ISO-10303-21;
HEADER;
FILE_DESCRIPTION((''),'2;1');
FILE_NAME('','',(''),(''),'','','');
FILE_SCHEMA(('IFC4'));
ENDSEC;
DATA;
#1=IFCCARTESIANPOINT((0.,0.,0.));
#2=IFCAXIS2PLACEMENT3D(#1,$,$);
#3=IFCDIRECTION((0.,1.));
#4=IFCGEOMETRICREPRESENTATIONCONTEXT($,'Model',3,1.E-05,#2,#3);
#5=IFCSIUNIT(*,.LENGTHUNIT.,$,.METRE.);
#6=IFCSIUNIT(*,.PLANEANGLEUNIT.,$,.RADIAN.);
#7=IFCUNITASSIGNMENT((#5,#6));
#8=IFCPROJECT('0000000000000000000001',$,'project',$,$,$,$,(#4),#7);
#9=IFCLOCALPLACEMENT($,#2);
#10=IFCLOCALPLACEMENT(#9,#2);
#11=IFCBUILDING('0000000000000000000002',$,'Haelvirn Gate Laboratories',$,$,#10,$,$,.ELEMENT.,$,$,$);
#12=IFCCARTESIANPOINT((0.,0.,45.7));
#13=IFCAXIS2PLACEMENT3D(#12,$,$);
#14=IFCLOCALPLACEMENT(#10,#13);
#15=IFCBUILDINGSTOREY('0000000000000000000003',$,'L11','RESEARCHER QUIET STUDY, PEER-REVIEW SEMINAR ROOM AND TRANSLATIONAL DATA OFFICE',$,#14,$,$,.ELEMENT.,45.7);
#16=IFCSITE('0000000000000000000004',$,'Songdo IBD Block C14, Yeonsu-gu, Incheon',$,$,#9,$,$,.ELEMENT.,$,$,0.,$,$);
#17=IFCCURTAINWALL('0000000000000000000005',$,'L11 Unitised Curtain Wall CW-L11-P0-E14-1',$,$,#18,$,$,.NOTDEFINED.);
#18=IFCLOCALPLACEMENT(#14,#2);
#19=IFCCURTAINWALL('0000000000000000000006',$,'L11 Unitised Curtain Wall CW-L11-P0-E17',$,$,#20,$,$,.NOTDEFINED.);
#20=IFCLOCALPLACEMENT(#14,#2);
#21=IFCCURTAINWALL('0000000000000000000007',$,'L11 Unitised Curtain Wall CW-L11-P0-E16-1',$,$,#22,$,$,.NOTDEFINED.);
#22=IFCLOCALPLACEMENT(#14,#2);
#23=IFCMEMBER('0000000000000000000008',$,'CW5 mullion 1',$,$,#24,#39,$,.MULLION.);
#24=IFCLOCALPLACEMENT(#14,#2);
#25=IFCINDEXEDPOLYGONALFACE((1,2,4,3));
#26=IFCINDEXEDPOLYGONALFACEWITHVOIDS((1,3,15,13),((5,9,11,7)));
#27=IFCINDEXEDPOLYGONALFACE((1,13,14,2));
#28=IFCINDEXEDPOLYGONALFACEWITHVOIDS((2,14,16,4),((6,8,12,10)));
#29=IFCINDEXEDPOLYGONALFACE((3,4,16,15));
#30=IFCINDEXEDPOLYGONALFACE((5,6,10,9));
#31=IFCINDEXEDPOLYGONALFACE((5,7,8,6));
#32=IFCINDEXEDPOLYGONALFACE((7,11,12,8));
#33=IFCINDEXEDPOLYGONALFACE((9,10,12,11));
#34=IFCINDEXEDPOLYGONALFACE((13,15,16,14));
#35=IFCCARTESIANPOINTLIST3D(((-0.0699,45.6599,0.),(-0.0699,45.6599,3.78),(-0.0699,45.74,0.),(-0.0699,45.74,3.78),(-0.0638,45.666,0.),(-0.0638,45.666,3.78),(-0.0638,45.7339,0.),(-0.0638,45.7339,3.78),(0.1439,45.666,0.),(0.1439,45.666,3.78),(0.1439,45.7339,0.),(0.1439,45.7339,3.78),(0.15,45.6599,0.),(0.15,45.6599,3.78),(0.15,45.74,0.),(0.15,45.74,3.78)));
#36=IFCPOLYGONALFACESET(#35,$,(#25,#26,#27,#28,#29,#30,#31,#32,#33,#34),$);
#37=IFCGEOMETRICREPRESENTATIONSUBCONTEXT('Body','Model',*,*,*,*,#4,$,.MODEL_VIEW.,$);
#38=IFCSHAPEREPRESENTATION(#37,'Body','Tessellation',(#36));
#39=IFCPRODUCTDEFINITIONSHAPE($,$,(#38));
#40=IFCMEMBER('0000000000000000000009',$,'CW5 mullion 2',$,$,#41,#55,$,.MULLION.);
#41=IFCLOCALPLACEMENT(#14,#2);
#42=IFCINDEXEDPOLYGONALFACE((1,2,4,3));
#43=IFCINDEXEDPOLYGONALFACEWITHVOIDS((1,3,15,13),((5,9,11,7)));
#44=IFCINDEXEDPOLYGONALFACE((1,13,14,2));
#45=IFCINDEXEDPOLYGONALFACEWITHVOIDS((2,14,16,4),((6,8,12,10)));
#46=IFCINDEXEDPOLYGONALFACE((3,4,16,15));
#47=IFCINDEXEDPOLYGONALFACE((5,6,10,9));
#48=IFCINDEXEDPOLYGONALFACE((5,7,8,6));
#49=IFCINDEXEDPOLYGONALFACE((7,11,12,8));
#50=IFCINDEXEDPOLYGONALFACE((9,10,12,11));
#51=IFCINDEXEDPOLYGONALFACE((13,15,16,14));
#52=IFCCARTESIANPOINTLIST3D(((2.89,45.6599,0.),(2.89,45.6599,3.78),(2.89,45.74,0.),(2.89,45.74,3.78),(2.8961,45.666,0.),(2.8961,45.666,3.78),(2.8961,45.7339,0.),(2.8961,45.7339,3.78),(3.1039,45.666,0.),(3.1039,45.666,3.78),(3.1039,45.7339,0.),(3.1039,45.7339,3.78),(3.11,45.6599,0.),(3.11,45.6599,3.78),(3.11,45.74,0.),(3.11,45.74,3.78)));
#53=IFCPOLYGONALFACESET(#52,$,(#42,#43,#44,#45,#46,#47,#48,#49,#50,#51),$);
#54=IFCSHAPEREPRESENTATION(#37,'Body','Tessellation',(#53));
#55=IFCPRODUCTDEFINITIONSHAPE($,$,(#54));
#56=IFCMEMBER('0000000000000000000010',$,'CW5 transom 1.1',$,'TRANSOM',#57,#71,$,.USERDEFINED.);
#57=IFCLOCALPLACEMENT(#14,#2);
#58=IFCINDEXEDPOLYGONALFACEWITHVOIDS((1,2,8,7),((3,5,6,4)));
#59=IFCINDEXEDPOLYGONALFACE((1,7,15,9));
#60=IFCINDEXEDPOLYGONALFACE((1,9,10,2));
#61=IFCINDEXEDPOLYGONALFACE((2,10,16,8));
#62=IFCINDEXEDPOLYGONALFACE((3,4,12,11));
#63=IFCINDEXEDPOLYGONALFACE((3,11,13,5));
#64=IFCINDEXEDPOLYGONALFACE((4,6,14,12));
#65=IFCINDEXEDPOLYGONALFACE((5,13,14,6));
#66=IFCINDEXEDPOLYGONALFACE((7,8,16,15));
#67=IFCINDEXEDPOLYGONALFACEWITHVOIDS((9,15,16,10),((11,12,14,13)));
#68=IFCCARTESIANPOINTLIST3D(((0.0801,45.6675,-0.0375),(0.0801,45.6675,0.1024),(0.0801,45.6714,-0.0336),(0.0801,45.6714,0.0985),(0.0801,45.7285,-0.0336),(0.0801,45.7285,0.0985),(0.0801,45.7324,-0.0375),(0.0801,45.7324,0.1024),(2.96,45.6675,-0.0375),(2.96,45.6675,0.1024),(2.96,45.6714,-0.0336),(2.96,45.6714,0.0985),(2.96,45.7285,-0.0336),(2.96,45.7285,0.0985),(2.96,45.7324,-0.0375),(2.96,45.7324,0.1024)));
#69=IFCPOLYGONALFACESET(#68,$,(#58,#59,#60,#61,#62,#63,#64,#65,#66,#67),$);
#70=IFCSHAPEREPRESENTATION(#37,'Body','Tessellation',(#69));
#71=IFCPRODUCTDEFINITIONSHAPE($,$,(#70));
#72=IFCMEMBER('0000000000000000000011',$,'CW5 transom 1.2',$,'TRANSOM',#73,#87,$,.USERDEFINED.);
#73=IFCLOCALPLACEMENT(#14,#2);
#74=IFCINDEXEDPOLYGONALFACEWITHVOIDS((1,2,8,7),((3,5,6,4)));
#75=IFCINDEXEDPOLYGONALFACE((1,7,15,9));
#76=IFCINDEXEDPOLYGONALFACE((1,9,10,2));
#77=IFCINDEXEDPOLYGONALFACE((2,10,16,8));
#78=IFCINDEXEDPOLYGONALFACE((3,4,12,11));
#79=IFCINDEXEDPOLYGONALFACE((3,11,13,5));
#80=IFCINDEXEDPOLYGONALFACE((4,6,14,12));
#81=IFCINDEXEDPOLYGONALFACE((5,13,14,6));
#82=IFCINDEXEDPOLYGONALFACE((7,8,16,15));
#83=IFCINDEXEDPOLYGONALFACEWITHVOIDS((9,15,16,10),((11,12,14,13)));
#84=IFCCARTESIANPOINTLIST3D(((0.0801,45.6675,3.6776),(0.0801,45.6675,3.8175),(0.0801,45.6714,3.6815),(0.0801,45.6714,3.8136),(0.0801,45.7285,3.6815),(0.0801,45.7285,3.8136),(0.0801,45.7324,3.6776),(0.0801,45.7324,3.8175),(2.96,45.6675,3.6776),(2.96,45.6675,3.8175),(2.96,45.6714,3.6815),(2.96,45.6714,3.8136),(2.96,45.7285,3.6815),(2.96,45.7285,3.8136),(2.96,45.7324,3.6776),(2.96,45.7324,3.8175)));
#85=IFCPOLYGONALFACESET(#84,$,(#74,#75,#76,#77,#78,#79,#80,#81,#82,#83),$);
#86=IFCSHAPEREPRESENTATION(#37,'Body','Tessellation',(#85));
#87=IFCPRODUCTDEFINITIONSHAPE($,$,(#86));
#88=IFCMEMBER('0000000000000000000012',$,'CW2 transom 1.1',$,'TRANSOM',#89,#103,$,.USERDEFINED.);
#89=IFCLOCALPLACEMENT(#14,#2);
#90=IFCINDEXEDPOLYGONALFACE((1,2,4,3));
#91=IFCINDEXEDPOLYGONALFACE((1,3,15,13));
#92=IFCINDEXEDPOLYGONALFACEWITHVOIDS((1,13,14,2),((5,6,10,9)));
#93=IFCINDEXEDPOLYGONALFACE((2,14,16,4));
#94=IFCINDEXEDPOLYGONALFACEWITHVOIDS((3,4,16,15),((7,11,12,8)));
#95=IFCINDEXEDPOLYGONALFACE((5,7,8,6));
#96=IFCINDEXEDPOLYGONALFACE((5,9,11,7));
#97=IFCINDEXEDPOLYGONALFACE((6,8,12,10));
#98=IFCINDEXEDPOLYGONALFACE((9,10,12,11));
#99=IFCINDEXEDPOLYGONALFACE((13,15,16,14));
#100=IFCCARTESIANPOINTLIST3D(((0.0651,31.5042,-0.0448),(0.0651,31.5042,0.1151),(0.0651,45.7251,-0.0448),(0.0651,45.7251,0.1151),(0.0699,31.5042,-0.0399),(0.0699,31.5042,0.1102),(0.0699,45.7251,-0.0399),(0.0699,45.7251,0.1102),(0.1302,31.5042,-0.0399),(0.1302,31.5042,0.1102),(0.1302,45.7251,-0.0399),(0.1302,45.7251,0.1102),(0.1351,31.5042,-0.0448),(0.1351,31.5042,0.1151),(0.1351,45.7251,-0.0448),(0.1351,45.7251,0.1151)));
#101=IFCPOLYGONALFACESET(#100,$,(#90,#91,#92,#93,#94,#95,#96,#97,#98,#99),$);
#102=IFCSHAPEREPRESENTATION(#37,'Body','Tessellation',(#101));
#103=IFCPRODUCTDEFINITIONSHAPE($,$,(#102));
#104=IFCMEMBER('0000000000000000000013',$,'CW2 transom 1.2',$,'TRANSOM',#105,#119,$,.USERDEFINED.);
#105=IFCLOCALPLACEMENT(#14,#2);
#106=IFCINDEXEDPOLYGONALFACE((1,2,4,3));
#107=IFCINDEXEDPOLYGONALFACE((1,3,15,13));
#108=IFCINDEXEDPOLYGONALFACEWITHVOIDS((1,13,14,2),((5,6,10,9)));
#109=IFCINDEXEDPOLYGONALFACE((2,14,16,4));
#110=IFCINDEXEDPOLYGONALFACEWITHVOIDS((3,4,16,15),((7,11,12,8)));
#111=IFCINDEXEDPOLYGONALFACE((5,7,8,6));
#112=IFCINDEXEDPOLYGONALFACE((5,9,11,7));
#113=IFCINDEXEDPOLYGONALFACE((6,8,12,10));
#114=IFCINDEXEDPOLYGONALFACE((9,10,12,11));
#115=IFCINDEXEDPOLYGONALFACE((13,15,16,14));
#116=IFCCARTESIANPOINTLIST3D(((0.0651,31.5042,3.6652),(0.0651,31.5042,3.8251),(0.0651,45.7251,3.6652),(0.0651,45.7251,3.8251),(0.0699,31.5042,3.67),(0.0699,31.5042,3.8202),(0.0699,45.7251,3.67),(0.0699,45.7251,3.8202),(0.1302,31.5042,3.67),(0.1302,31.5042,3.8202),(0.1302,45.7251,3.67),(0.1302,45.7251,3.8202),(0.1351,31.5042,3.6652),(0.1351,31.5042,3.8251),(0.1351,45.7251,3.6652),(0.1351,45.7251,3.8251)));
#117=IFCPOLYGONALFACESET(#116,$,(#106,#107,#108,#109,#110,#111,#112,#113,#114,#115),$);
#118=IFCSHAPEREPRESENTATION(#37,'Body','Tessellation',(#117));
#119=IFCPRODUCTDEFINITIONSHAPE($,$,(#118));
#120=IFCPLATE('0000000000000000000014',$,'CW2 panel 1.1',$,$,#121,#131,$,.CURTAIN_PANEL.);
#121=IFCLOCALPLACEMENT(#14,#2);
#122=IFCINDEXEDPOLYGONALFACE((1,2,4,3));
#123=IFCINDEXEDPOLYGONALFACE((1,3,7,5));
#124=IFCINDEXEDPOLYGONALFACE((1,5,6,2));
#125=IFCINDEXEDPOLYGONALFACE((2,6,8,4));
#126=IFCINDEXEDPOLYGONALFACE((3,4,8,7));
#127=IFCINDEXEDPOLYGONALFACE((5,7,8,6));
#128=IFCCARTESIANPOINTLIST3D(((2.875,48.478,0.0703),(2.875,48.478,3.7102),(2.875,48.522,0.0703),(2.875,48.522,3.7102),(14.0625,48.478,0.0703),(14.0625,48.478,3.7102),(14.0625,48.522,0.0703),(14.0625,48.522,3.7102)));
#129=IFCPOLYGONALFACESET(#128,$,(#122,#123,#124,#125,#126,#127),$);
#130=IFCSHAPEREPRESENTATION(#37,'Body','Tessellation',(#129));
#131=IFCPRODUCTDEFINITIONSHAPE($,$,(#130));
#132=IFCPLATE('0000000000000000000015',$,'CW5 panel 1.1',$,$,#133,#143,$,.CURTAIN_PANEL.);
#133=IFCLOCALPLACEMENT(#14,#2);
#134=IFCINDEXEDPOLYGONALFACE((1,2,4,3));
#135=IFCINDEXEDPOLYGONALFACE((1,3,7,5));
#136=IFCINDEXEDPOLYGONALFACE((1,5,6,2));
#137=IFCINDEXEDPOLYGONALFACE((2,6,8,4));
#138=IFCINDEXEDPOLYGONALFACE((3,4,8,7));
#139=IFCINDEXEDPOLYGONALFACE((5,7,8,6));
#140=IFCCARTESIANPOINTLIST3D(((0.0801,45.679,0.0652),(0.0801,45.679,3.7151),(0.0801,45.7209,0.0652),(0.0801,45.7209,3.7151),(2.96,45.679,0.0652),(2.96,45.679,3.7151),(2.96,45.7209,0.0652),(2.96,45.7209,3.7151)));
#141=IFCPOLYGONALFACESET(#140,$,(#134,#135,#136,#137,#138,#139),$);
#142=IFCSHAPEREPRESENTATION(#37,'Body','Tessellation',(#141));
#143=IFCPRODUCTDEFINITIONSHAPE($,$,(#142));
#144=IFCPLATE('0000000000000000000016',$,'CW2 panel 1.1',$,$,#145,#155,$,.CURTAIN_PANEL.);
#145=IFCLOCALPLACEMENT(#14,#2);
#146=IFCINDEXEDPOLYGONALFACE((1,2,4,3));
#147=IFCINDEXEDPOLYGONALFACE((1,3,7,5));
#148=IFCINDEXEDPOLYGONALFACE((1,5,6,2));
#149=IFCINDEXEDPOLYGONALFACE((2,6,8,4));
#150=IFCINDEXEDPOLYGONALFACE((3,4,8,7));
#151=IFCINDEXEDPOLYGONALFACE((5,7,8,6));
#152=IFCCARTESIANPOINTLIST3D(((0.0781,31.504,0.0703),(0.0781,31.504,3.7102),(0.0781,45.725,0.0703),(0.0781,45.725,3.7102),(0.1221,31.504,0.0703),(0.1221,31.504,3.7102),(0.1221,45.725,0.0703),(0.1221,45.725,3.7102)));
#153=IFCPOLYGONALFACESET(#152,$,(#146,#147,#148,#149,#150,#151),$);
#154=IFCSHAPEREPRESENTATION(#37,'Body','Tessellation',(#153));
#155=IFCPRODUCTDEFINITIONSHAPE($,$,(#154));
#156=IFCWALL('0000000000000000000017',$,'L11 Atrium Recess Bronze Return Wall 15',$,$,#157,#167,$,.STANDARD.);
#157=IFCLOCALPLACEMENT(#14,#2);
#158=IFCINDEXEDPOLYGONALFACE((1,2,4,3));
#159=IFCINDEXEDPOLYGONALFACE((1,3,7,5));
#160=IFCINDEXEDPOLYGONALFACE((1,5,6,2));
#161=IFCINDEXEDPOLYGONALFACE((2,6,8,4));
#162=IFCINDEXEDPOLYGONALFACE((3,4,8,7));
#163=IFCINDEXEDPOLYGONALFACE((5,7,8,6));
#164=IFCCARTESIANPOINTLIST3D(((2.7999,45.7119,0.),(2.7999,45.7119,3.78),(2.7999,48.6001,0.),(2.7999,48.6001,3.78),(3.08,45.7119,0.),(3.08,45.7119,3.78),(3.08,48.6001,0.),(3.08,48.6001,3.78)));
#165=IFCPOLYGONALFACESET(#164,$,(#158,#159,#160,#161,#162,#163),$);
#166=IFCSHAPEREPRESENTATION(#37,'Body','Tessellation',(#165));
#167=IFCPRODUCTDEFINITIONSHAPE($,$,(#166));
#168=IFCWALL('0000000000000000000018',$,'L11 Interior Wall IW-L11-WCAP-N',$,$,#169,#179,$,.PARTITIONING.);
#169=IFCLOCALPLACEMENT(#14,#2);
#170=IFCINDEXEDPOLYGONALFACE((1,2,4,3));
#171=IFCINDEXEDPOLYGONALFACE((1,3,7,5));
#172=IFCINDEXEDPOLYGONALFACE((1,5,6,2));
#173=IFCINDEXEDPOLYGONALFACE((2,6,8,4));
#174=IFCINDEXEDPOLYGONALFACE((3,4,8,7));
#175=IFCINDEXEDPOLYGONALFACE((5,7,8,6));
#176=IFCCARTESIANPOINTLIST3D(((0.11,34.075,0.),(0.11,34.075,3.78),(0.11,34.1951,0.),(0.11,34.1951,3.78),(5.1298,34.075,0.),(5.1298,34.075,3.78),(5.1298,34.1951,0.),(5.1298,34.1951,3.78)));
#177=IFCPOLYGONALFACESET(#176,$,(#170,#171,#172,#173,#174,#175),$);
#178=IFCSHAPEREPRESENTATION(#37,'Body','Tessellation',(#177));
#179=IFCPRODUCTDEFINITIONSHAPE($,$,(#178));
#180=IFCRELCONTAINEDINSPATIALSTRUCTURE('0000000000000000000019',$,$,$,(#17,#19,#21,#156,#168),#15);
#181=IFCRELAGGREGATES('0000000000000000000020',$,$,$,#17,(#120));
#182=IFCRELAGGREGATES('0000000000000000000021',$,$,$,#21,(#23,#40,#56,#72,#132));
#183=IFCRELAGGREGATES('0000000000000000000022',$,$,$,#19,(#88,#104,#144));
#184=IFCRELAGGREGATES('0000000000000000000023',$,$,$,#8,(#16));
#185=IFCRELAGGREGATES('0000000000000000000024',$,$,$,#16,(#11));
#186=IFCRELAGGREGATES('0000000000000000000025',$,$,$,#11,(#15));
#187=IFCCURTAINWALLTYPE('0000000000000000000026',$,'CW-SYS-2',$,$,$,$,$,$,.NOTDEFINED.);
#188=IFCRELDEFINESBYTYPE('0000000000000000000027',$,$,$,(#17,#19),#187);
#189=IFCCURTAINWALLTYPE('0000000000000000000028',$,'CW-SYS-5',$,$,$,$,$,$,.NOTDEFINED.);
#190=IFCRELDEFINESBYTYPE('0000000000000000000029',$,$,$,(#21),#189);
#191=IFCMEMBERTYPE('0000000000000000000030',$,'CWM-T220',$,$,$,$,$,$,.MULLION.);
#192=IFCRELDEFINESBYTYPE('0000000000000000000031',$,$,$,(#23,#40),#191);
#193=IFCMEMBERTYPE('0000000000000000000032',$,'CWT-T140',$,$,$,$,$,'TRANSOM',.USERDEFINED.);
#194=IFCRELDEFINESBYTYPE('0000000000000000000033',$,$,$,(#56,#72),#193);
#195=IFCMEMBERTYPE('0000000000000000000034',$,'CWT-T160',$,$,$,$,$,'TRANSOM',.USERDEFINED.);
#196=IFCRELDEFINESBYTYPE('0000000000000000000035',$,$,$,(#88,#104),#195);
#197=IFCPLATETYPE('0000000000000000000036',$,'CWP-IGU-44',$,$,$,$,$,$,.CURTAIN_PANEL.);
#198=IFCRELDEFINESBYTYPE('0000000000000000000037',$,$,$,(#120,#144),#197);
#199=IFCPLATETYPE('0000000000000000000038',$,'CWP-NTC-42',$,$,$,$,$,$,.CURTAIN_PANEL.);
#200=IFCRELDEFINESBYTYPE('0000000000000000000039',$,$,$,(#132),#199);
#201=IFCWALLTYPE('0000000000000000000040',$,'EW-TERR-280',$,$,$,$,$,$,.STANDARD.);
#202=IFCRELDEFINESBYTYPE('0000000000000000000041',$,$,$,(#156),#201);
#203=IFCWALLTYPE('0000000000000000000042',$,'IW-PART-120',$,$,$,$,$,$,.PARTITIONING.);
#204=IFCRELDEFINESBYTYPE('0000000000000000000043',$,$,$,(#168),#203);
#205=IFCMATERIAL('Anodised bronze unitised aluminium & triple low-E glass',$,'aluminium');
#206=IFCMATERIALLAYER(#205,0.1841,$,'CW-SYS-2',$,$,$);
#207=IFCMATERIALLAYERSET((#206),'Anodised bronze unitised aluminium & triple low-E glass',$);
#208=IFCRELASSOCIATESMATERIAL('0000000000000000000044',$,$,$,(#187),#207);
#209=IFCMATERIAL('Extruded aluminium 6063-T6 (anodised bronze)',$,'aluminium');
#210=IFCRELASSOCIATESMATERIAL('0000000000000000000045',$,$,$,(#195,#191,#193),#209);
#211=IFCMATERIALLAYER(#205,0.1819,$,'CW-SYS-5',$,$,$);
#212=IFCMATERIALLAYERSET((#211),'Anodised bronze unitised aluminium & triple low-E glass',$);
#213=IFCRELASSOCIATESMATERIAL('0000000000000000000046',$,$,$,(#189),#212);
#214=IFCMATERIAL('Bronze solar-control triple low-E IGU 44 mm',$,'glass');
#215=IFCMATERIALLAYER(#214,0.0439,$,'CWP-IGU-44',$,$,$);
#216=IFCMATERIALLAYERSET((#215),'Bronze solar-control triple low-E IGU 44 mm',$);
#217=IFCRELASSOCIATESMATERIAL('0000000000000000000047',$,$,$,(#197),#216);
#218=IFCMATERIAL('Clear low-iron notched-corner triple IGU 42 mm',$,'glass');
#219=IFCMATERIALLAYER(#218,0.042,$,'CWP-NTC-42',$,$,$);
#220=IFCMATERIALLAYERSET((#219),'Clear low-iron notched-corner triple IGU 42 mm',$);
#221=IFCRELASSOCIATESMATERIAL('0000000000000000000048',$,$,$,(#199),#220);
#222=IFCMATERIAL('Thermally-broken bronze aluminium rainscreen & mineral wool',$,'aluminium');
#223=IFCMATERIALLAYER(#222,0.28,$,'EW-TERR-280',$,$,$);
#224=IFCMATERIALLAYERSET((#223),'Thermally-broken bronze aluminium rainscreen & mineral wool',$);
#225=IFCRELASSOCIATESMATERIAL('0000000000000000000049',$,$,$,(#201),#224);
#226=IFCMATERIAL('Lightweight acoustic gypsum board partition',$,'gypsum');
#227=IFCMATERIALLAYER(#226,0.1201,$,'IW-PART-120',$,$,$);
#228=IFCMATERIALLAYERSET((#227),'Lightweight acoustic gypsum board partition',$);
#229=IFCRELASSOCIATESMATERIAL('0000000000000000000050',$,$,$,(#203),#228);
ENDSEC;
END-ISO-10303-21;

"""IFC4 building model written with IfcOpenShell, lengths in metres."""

from ifc_helpers import new_model, si_unit, direction, frame, frame_2d, origin, origin_2d, place, context, subcontext, project, spatial, rectangle, hollow_rectangle, extrude, source, transform, mapped, material, layer, layer_set, material_profile, profile_set, type_object, type_shapes, element, aggregate, save


model = new_model("IFC4")

# Units and contexts
model_context = context("Model", 3, precision=1e-05, world=origin(), true_north=direction((0.0, 1.0)))
body_context = subcontext(model_context, "Body", "Model", "MODEL_VIEW")
ifc_project = project(units=[si_unit("LENGTHUNIT", "METRE"), si_unit("PLANEANGLEUNIT", "RADIAN")], contexts=[model_context])

# Site, building, storey
site_placement = place(None, origin())
site = spatial("IfcSite", under=ifc_project, at=site_placement, Name="Songdo IBD Block C14, Yeonsu-gu, Incheon", CompositionType="ELEMENT", RefElevation=0.0)
building_placement = place(site_placement, origin())
building = spatial("IfcBuilding", under=site, at=building_placement, Name="Haelvirn Gate Laboratories", CompositionType="ELEMENT")
storey_placement = place(building_placement, frame((0.0, 0.0, 45.7)))
storey = spatial("IfcBuildingStorey", under=building, at=storey_placement, Name="L11", Description="RESEARCHER QUIET STUDY, PEER-REVIEW SEMINAR ROOM AND TRANSLATIONAL DATA OFFICE", CompositionType="ELEMENT", Elevation=45.7)

# Curtain walls
ifc_material_1 = material(Name="Anodised bronze unitised aluminium & triple low-E glass", Category="aluminium")
ifc_layer_1 = layer(ifc_material_1, 0.1841, Name="CW-SYS-2")
ifc_layer_set_1 = layer_set([ifc_layer_1], Name="Anodised bronze unitised aluminium & triple low-E glass")
curtain_wall_type_1 = type_object("IfcCurtainWallType", Name="CW-SYS-2", PredefinedType="NOTDEFINED", material=ifc_layer_set_1)
curtain_wall_1_placement = place(storey_placement, origin())
curtain_wall_1 = element("IfcCurtainWall", 1, at=curtain_wall_1_placement, inside=storey, type_object=curtain_wall_type_1, Name="L11 Unitised Curtain Wall CW-L11-P0-E14-1", PredefinedType="NOTDEFINED")
ifc_material_2 = material(Name="Extruded aluminium 6063-T6 (anodised bronze)", Category="aluminium")
curtain_wall_2_placement = place(storey_placement, origin())
curtain_wall_2 = element("IfcCurtainWall", 2, at=curtain_wall_2_placement, inside=storey, type_object=curtain_wall_type_1, Name="L11 Unitised Curtain Wall CW-L11-P0-E17", PredefinedType="NOTDEFINED")

# Shared definitions
ifc_material_profile_1 = material_profile(ifc_material_2, hollow_rectangle(XDim=0.0701, YDim=0.1599, WallThickness=0.0049, at=origin_2d()), Name="CWT-160x70x5")
ifc_profile_set_1 = profile_set([ifc_material_profile_1], Name="Extruded aluminium 6063-T6 (anodised bronze)")
member_type_1 = type_object("IfcMemberType", Name="CWT-T160", ElementType="TRANSOM", PredefinedType="USERDEFINED", material=ifc_profile_set_1)

# Curtain wall, members
ifc_layer_2 = layer(ifc_material_1, 0.1819, Name="CW-SYS-5")
ifc_layer_set_2 = layer_set([ifc_layer_2], Name="Anodised bronze unitised aluminium & triple low-E glass")
curtain_wall_type_2 = type_object("IfcCurtainWallType", Name="CW-SYS-5", PredefinedType="NOTDEFINED", material=ifc_layer_set_2)
curtain_wall_3_placement = place(storey_placement, origin())
curtain_wall_3 = element("IfcCurtainWall", 3, at=curtain_wall_3_placement, inside=storey, type_object=curtain_wall_type_2, Name="L11 Unitised Curtain Wall CW-L11-P0-E16-1", PredefinedType="NOTDEFINED")
ifc_material_profile_2 = material_profile(ifc_material_2, hollow_rectangle(XDim=0.0801, YDim=0.22, WallThickness=0.0061, at=origin_2d()), Name="CWM-220x80x6")
ifc_profile_set_2 = profile_set([ifc_material_profile_2], Name="Extruded aluminium 6063-T6 (anodised bronze)")
member_type_2 = type_object("IfcMemberType", Name="CWM-T220", PredefinedType="MULLION", material=ifc_profile_set_2)
shared_shape_1 = source(origin(), body_context, "Body", "SweptSolid", [
    extrude(hollow_rectangle(XDim=0.0801, YDim=0.22, WallThickness=0.0061, at=origin_2d()), origin(), (0.0, 0.0, 1.0), 3.78),
])
type_shapes(member_type_2, [shared_shape_1])
member_1_placement = place(storey_placement, frame((0.04, 45.7, 0.0), z_axis=(0.0, 0.0, 1.0), x_axis=(0.0, 1.0, 0.0)))
member_1 = element("IfcMember", 4, at=member_1_placement, type_object=member_type_2, Name="CW5 mullion 1", PredefinedType="MULLION", context=body_context, shape_type="MappedRepresentation", body=[
    mapped(shared_shape_1, transform((0.0, 0.0, 0.0), scale=1.0)),
])
member_2_placement = place(storey_placement, frame((3.0, 45.7, 0.0), z_axis=(0.0, 0.0, 1.0), x_axis=(0.0, 1.0, 0.0)))
member_2 = element("IfcMember", 5, at=member_2_placement, type_object=member_type_2, Name="CW5 mullion 2", PredefinedType="MULLION", context=body_context, shape_type="MappedRepresentation", body=[
    mapped(shared_shape_1, transform((0.0, 0.0, 0.0), scale=1.0)),
])
ifc_material_profile_3 = material_profile(ifc_material_2, hollow_rectangle(XDim=0.0649, YDim=0.1399, WallThickness=0.0039, at=origin_2d()), Name="CWT-140x65x4")
ifc_profile_set_3 = profile_set([ifc_material_profile_3], Name="Extruded aluminium 6063-T6 (anodised bronze)")
member_type_3 = type_object("IfcMemberType", Name="CWT-T140", ElementType="TRANSOM", PredefinedType="USERDEFINED", material=ifc_profile_set_3)
shared_shape_2 = source(origin(), body_context, "Body", "SweptSolid", [
    extrude(hollow_rectangle(XDim=0.0649, YDim=0.1399, WallThickness=0.0039, at=origin_2d()), origin(), (0.0, 0.0, 1.0), 2.8799),
])
type_shapes(member_type_3, [shared_shape_2])
member_3_placement = place(storey_placement, frame((0.0801, 45.7, 0.0325), z_axis=(1.0, 0.0, 0.0), x_axis=(0.0, 1.0, 0.0)))
member_3 = element("IfcMember", 6, at=member_3_placement, type_object=member_type_3, Name="CW5 transom 1.1", ObjectType="TRANSOM", PredefinedType="USERDEFINED", context=body_context, shape_type="MappedRepresentation", body=[
    mapped(shared_shape_2, transform((0.0, 0.0, 0.0), scale=1.0)),
])
member_4_placement = place(storey_placement, frame((0.0801, 45.7, 3.7476), z_axis=(1.0, 0.0, 0.0), x_axis=(0.0, 1.0, 0.0)))
member_4 = element("IfcMember", 7, at=member_4_placement, type_object=member_type_3, Name="CW5 transom 1.2", ObjectType="TRANSOM", PredefinedType="USERDEFINED", context=body_context, shape_type="MappedRepresentation", body=[
    mapped(shared_shape_2, transform((0.0, 0.0, 0.0), scale=1.0)),
])

# Members
shared_shape_3 = source(origin(), body_context, "Body", "SweptSolid", [
    extrude(hollow_rectangle(XDim=0.0701, YDim=0.1599, WallThickness=0.0049, at=origin_2d()), origin(), (0.0, 0.0, 1.0), 14.2209),
])
member_5_placement = place(storey_placement, frame((0.1001, 45.7251, 0.0352), z_axis=(0.0, -1.0, 0.0), x_axis=(1.0, 0.0, 0.0)))
member_5 = element("IfcMember", 8, at=member_5_placement, type_object=member_type_1, Name="CW2 transom 1.1", ObjectType="TRANSOM", PredefinedType="USERDEFINED", context=body_context, shape_type="MappedRepresentation", body=[
    mapped(shared_shape_3, transform((0.0, 0.0, 0.0), scale=1.0)),
])
member_6_placement = place(storey_placement, frame((0.1001, 45.7251, 3.7451), z_axis=(0.0, -1.0, 0.0), x_axis=(1.0, 0.0, 0.0)))
member_6 = element("IfcMember", 9, at=member_6_placement, type_object=member_type_1, Name="CW2 transom 1.2", ObjectType="TRANSOM", PredefinedType="USERDEFINED", context=body_context, shape_type="MappedRepresentation", body=[
    mapped(shared_shape_3, transform((0.0, 0.0, 0.0), scale=1.0)),
])

# Plates
ifc_material_3 = material(Name="Bronze solar-control triple low-E IGU 44 mm", Category="glass")
ifc_layer_3 = layer(ifc_material_3, 0.0439, Name="CWP-IGU-44")
ifc_layer_set_3 = layer_set([ifc_layer_3], Name="Bronze solar-control triple low-E IGU 44 mm")
plate_type_1 = type_object("IfcPlateType", Name="CWP-IGU-44", PredefinedType="CURTAIN_PANEL", material=ifc_layer_set_3)
shared_shape_4 = source(origin(), body_context, "Body", "SweptSolid", [
    extrude(rectangle(XDim=11.1875, YDim=0.0439, at=origin_2d()), origin(), (0.0, 0.0, 1.0), 3.6399),
])
plate_1_placement = place(storey_placement, frame((8.4688, 48.5, 0.0703), z_axis=(0.0, 0.0, 1.0), x_axis=(1.0, 0.0, 0.0)))
plate_1 = element("IfcPlate", 10, at=plate_1_placement, type_object=plate_type_1, Name="CW2 panel 1.1", PredefinedType="CURTAIN_PANEL", context=body_context, shape_type="MappedRepresentation", body=[
    mapped(shared_shape_4, transform((0.0, 0.0, 0.0), scale=1.0)),
])
aggregate(curtain_wall_1, [plate_1])
ifc_material_4 = material(Name="Clear low-iron notched-corner triple IGU 42 mm", Category="glass")
ifc_layer_4 = layer(ifc_material_4, 0.042, Name="CWP-NTC-42")
ifc_layer_set_4 = layer_set([ifc_layer_4], Name="Clear low-iron notched-corner triple IGU 42 mm")
plate_type_2 = type_object("IfcPlateType", Name="CWP-NTC-42", PredefinedType="CURTAIN_PANEL", material=ifc_layer_set_4)
shared_shape_5 = source(origin(), body_context, "Body", "SweptSolid", [
    extrude(rectangle(XDim=2.8799, YDim=0.042, at=origin_2d()), origin(), (0.0, 0.0, 1.0), 3.6499),
])
type_shapes(plate_type_2, [shared_shape_5])
plate_2_placement = place(storey_placement, frame((1.52, 45.7, 0.0652), z_axis=(0.0, 0.0, 1.0), x_axis=(1.0, 0.0, 0.0)))
plate_2 = element("IfcPlate", 11, at=plate_2_placement, type_object=plate_type_2, Name="CW5 panel 1.1", PredefinedType="CURTAIN_PANEL", context=body_context, shape_type="MappedRepresentation", body=[
    mapped(shared_shape_5, transform((0.0, 0.0, 0.0), scale=1.0)),
])
aggregate(curtain_wall_3, [member_1, member_2, member_3, member_4, plate_2])
shared_shape_6 = source(origin(), body_context, "Body", "SweptSolid", [
    extrude(rectangle(XDim=14.2209, YDim=0.0439, at=origin_2d()), origin(), (0.0, 0.0, 1.0), 3.6399),
])
type_shapes(plate_type_1, [shared_shape_4, shared_shape_6])
plate_3_placement = place(storey_placement, frame((0.1001, 38.6145, 0.0703), z_axis=(0.0, 0.0, 1.0), x_axis=(0.0, -1.0, 0.0)))
plate_3 = element("IfcPlate", 12, at=plate_3_placement, type_object=plate_type_1, Name="CW2 panel 1.1", PredefinedType="CURTAIN_PANEL", context=body_context, shape_type="MappedRepresentation", body=[
    mapped(shared_shape_6, transform((0.0, 0.0, 0.0), scale=1.0)),
])
aggregate(curtain_wall_2, [member_5, member_6, plate_3])

# Walls
ifc_material_5 = material(Name="Thermally-broken bronze aluminium rainscreen & mineral wool", Category="aluminium")
ifc_layer_5 = layer(ifc_material_5, 0.28, Name="EW-TERR-280")
ifc_layer_set_5 = layer_set([ifc_layer_5], Name="Thermally-broken bronze aluminium rainscreen & mineral wool")
wall_type_1 = type_object("IfcWallType", Name="EW-TERR-280", PredefinedType="STANDARD", material=ifc_layer_set_5)
wall_1_placement = place(storey_placement, frame((2.9399, 48.6001, 0.0), z_axis=(0.0, 0.0, 1.0), x_axis=(0.0, -1.0, 0.0)))
element("IfcWall", 13, at=wall_1_placement, inside=storey, type_object=wall_type_1, Name="L11 Atrium Recess Bronze Return Wall 15", PredefinedType="STANDARD", context=body_context, shape_type="SweptSolid", body=[
    extrude(rectangle(XDim=2.8882, YDim=0.28, at=frame_2d((1.4441, 0.0))), origin(), (0.0, 0.0, 1.0), 3.78),
])
ifc_material_6 = material(Name="Lightweight acoustic gypsum board partition", Category="gypsum")
ifc_layer_6 = layer(ifc_material_6, 0.1201, Name="IW-PART-120")
ifc_layer_set_6 = layer_set([ifc_layer_6], Name="Lightweight acoustic gypsum board partition")
wall_type_2 = type_object("IfcWallType", Name="IW-PART-120", PredefinedType="PARTITIONING", material=ifc_layer_set_6)
wall_2_placement = place(storey_placement, frame((0.1101, 34.135, 0.0), z_axis=(0.0, 0.0, 1.0), x_axis=(1.0, 0.0, 0.0)))
element("IfcWall", 14, at=wall_2_placement, inside=storey, type_object=wall_type_2, Name="L11 Interior Wall IW-L11-WCAP-N", PredefinedType="PARTITIONING", context=body_context, shape_type="SweptSolid", body=[
    extrude(rectangle(XDim=5.0198, YDim=0.1201, at=frame_2d((2.5098, 0.0))), origin(), (0.0, 0.0, 1.0), 3.78),
])

save(model, "model.ifc")
